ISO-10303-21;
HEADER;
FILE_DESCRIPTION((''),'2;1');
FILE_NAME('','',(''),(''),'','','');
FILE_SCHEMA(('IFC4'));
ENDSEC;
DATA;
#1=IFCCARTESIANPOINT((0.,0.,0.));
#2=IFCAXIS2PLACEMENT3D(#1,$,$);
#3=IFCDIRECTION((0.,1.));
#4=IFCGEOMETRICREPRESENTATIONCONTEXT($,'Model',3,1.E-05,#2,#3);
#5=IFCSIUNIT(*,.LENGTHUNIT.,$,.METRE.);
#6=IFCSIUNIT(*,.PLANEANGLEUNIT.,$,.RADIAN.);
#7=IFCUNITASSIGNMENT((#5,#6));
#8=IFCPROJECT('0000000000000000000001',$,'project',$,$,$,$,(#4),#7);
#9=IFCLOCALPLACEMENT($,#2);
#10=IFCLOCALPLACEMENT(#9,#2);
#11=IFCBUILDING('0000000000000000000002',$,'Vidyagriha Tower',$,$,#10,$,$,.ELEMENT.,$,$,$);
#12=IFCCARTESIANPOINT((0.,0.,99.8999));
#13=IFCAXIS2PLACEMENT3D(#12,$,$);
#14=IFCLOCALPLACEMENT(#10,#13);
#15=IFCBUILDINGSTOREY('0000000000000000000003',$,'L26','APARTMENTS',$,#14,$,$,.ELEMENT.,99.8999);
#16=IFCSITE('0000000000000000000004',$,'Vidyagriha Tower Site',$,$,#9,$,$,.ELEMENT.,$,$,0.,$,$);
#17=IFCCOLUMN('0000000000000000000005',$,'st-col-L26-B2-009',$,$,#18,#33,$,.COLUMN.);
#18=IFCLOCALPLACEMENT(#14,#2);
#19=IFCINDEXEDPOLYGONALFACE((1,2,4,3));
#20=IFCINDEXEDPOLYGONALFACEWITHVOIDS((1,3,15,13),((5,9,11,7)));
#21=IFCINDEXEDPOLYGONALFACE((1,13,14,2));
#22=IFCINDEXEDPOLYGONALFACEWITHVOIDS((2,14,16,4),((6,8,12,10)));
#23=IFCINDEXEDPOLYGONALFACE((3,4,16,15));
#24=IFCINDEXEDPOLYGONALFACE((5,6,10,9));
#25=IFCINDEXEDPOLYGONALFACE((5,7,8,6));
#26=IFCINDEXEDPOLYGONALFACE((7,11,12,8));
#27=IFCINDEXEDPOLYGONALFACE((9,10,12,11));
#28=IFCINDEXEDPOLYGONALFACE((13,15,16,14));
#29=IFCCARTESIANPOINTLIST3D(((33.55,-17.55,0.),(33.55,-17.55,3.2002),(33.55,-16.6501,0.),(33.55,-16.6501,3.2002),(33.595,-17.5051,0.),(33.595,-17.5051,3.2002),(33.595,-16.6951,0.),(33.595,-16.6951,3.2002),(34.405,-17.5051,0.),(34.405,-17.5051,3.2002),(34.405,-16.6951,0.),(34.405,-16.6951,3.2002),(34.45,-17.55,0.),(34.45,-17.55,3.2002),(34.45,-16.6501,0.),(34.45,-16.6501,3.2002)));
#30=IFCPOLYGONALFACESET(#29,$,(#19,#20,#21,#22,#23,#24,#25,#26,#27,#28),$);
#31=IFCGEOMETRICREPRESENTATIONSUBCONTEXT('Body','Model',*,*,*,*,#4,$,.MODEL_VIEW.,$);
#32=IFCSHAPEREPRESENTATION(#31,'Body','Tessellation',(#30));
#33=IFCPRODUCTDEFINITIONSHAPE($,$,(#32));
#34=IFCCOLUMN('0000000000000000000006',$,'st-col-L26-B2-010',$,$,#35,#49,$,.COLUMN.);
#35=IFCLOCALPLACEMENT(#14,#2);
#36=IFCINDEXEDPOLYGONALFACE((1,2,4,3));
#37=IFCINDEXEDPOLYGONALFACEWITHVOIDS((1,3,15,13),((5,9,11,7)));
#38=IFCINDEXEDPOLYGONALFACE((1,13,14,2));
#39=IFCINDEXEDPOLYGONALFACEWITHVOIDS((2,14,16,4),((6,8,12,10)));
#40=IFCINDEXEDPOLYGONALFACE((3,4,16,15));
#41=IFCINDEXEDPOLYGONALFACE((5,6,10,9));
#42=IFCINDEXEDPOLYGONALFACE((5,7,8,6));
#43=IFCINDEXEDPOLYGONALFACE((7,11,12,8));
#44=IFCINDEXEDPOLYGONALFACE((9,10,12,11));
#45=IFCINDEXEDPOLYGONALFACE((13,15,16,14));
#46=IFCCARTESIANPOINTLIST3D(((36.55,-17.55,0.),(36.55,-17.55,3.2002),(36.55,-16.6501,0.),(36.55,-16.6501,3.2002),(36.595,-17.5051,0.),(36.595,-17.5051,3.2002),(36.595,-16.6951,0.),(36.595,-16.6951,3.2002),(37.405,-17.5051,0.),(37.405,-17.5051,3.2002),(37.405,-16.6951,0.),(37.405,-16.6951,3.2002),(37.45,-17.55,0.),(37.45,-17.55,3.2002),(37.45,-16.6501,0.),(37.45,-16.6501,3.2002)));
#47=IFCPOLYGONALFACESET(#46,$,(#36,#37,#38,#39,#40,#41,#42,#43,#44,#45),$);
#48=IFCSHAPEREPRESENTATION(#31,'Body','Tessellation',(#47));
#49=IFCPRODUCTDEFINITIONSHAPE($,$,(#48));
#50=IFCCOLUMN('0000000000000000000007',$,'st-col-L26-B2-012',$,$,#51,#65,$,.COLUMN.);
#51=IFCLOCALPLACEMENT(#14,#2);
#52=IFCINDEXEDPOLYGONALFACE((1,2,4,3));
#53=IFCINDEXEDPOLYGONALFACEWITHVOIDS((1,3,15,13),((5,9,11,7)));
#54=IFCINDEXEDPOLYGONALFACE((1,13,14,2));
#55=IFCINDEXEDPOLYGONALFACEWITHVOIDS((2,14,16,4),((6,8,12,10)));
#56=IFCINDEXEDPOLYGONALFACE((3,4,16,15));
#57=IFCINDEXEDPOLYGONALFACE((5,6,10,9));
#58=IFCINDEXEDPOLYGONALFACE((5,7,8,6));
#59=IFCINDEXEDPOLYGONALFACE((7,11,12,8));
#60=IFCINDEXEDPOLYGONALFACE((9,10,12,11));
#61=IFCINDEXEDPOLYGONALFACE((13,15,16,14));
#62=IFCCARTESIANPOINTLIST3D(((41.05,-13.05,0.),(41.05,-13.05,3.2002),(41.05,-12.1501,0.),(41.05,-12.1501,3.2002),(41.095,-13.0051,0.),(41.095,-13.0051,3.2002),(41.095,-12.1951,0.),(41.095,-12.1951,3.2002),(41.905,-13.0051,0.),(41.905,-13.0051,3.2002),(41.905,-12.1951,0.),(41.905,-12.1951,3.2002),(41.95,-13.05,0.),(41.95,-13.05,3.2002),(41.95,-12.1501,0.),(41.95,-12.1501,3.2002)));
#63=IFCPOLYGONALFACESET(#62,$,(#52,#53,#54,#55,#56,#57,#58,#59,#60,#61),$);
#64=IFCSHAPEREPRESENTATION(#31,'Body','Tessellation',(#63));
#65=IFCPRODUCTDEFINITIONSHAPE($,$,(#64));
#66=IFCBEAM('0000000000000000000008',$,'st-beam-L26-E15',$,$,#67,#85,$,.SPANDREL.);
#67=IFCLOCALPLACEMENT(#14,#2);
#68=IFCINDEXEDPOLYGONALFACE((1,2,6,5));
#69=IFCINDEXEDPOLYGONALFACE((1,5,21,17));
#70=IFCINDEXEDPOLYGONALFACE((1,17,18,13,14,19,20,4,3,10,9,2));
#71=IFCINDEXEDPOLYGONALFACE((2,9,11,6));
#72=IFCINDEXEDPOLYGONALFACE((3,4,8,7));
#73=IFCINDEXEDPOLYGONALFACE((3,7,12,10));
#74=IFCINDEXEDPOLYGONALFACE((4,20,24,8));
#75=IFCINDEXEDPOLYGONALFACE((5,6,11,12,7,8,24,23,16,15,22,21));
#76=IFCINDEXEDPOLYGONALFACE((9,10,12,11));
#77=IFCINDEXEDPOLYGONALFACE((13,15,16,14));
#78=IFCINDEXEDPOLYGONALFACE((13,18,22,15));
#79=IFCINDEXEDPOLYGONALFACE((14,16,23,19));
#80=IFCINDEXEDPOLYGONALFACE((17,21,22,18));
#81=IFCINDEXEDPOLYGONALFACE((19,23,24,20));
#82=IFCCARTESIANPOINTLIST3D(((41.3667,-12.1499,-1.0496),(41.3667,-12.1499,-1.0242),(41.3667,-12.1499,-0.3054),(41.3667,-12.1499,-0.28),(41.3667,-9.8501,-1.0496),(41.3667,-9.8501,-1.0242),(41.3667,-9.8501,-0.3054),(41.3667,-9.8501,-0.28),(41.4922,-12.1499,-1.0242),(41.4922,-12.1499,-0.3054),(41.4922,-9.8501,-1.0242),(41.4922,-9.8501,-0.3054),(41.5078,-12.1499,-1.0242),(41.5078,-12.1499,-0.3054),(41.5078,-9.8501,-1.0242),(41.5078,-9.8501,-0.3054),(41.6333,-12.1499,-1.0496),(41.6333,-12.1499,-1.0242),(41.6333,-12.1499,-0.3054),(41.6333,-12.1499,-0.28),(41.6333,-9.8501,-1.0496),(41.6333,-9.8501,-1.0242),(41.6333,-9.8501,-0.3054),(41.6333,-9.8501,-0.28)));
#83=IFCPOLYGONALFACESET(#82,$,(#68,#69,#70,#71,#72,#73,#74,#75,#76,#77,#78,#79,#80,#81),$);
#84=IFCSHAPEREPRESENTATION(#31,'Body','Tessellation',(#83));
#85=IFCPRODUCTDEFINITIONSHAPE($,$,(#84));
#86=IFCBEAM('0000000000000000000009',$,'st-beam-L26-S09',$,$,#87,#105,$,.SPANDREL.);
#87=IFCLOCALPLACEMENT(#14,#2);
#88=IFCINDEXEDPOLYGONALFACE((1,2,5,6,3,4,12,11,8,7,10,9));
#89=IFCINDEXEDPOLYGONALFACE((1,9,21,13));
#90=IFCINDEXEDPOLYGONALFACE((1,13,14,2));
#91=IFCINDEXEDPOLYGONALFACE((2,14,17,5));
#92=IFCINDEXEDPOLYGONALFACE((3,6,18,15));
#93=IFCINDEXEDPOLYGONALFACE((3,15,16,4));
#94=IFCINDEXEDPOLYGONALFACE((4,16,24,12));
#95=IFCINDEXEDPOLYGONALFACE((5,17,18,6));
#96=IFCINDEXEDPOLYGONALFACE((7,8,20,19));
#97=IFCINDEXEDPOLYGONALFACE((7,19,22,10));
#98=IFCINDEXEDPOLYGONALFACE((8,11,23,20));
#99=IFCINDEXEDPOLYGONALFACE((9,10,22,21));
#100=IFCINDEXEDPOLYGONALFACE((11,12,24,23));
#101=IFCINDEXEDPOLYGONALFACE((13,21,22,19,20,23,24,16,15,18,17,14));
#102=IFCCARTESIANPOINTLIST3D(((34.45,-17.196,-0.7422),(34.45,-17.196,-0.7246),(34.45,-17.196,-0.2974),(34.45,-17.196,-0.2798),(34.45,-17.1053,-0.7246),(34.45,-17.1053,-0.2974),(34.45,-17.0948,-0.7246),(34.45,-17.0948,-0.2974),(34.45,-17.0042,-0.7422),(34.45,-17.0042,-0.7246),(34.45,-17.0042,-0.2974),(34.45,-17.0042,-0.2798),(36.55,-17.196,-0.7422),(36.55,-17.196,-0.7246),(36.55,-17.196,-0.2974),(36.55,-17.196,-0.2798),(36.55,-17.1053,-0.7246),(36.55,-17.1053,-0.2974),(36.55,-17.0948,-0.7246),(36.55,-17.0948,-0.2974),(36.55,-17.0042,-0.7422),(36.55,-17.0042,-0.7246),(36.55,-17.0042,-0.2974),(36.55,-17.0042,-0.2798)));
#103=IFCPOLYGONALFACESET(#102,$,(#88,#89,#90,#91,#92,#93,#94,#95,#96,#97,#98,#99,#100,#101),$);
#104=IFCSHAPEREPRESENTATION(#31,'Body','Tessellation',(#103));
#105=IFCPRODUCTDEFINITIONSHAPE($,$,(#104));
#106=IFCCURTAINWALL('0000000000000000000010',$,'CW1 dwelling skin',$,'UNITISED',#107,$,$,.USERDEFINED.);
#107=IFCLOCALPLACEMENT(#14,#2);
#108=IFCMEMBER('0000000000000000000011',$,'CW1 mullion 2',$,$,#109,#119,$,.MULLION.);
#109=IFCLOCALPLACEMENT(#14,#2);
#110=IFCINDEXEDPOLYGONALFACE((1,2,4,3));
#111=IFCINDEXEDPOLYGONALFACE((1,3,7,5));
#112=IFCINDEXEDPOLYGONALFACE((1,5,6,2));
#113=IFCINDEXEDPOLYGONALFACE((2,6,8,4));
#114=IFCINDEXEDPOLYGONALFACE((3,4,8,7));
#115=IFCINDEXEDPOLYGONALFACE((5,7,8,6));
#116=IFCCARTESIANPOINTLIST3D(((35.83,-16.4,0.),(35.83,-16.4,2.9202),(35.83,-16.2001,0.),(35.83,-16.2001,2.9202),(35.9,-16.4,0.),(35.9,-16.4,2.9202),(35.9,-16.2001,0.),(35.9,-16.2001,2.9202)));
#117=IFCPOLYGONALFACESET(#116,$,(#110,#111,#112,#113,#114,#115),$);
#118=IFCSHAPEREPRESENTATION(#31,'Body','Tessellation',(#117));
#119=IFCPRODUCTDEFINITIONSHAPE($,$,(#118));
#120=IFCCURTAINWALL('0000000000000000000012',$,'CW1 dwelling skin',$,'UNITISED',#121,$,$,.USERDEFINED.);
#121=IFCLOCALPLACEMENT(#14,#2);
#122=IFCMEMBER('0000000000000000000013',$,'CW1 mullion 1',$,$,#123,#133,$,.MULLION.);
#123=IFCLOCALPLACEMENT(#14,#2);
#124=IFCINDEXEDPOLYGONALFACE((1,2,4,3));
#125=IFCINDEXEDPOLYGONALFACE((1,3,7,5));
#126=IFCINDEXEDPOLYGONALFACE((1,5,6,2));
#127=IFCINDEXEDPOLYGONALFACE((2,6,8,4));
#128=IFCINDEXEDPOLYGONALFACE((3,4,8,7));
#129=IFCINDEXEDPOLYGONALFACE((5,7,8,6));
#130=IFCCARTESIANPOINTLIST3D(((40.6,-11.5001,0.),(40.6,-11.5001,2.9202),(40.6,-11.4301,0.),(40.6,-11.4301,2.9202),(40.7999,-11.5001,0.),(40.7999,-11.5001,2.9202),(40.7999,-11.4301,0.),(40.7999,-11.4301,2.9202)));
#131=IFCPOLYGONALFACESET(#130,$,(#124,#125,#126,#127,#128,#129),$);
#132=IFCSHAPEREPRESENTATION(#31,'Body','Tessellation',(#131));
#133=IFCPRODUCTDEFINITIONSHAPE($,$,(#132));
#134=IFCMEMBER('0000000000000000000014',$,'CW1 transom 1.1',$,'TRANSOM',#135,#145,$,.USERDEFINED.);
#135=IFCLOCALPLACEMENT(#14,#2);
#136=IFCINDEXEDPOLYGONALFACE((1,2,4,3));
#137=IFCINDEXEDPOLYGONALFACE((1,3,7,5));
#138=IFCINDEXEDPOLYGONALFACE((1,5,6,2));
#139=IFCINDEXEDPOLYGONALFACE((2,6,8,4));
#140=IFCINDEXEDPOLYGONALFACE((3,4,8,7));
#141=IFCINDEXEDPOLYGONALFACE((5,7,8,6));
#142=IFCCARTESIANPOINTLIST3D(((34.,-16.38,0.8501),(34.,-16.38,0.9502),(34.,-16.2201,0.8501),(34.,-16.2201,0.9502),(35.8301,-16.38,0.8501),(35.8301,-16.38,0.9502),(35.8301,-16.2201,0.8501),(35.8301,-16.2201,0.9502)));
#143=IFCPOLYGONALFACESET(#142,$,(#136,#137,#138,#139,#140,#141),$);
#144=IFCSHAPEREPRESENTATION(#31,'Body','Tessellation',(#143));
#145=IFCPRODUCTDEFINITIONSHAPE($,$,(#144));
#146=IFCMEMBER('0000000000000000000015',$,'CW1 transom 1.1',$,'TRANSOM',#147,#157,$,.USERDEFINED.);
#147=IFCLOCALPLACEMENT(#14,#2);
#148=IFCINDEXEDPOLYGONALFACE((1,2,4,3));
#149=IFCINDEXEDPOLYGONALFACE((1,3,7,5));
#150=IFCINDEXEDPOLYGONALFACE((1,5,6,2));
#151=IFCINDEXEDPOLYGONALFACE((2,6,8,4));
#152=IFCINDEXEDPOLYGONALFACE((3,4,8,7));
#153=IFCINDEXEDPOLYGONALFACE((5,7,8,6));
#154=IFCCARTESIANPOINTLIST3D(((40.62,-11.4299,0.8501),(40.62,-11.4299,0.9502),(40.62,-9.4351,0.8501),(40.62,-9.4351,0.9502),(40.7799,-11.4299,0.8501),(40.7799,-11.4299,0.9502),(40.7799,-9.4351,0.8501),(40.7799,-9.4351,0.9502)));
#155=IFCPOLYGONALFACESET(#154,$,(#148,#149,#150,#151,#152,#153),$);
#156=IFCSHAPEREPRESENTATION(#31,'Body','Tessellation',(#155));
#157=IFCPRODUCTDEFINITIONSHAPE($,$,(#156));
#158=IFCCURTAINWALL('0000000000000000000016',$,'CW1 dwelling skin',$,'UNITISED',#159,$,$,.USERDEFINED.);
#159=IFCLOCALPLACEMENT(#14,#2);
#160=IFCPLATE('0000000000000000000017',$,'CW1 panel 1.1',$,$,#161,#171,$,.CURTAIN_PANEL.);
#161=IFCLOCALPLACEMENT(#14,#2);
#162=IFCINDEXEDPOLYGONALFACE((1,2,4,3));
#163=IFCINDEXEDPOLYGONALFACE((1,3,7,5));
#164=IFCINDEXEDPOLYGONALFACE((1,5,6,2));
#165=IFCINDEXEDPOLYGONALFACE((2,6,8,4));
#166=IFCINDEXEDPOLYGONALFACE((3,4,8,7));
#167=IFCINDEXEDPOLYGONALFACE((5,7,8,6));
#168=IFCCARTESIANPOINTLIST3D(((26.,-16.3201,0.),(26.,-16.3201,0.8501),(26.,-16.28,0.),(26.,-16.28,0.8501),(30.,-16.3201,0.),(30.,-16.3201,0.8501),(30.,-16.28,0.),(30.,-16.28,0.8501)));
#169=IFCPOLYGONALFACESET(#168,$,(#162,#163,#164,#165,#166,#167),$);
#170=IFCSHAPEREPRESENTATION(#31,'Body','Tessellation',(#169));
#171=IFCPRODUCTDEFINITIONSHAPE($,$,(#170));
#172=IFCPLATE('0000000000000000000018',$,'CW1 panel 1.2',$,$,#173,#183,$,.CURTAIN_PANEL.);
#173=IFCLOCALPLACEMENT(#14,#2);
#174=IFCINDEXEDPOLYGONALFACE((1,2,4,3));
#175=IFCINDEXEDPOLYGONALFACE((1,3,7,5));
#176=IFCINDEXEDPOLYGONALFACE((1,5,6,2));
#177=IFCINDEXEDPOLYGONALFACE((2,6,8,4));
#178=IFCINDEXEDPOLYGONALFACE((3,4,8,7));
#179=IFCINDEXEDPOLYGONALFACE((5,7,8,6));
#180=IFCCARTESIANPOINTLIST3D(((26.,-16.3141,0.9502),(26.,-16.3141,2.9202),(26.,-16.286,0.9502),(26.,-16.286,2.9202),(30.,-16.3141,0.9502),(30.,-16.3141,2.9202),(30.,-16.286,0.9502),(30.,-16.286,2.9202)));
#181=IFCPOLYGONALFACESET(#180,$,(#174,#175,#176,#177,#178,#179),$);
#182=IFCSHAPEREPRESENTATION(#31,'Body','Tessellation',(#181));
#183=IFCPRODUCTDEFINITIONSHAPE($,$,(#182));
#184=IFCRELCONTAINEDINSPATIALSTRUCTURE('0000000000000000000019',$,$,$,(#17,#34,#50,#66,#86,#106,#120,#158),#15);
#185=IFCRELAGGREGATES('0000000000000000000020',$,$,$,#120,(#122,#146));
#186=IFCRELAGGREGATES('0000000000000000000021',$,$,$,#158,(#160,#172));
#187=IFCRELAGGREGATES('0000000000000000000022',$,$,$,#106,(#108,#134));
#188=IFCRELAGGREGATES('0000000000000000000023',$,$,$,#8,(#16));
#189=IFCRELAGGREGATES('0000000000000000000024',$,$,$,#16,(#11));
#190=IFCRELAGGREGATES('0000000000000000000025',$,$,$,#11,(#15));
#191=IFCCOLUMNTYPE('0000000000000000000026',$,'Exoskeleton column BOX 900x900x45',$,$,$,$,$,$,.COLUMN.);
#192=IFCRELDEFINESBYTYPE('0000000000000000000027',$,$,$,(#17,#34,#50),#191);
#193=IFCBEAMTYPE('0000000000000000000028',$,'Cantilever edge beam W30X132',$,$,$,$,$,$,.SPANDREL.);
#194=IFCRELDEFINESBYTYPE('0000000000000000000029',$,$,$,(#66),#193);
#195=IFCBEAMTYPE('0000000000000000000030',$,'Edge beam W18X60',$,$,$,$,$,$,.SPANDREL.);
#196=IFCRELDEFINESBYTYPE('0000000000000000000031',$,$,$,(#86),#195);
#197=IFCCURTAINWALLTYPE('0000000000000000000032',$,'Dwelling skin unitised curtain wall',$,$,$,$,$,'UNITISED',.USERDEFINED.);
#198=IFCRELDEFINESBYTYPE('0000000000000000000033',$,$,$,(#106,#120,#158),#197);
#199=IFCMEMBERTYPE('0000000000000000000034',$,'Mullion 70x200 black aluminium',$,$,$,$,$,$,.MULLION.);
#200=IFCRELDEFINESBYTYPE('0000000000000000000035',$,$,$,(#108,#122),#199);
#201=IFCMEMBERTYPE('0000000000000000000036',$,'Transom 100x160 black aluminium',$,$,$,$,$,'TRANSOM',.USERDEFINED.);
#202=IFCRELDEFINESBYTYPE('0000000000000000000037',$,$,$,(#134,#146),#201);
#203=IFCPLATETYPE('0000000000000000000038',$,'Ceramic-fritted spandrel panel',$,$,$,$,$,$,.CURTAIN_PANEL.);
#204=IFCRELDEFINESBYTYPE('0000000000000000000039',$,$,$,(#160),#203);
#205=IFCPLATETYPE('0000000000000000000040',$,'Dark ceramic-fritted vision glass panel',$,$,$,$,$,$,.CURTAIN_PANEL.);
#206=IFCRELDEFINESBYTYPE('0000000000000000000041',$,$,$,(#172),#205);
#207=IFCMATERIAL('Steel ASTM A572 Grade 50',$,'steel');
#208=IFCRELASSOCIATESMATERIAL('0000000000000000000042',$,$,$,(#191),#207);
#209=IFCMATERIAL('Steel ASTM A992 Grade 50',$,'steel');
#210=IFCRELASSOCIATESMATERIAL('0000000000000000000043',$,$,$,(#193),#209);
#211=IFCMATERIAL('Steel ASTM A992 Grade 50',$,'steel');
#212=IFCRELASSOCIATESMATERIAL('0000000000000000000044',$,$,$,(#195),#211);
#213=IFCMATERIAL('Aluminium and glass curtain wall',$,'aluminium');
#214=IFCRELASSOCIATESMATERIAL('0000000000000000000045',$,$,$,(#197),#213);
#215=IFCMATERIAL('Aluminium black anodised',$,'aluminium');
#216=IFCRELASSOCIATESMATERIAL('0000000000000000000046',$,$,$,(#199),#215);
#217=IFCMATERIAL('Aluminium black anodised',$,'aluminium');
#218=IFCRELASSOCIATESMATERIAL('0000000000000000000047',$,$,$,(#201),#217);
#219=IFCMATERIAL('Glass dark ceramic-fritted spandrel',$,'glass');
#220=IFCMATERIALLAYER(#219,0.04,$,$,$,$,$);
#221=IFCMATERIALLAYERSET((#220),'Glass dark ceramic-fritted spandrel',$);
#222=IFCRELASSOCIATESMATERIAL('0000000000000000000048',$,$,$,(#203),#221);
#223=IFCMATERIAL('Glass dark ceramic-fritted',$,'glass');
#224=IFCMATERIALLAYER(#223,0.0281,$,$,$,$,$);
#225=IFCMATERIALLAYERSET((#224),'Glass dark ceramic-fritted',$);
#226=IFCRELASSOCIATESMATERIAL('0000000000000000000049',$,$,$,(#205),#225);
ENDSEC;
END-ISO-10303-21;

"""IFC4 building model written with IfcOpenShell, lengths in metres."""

from ifc_helpers import new_model, si_unit, direction, frame, origin, origin_2d, place, context, subcontext, project, spatial, rectangle, hollow_rectangle, i_section, extrude, material, layer, layer_set, material_profile, profile_set, type_object, element, aggregate, save


model = new_model("IFC4")

# Units and contexts
model_context = context("Model", 3, precision=1e-05, world=origin(), true_north=direction((0.0, 1.0)))
body_context = subcontext(model_context, "Body", "Model", "MODEL_VIEW")
ifc_project = project(units=[si_unit("LENGTHUNIT", "METRE"), si_unit("PLANEANGLEUNIT", "RADIAN")], contexts=[model_context])

# Site, building, storey
site_placement = place(None, origin())
site = spatial("IfcSite", under=ifc_project, at=site_placement, Name="Vidyagriha Tower Site", CompositionType="ELEMENT", RefElevation=0.0)
building_placement = place(site_placement, origin())
building = spatial("IfcBuilding", under=site, at=building_placement, Name="Vidyagriha Tower", CompositionType="ELEMENT")
storey_placement = place(building_placement, frame((0.0, 0.0, 99.8999)))
storey = spatial("IfcBuildingStorey", under=building, at=storey_placement, Name="L26", Description="APARTMENTS", CompositionType="ELEMENT", Elevation=99.8999)

# Columns
ifc_material_1 = material(Name="Steel ASTM A572 Grade 50", Category="steel")
ifc_material_profile_1 = material_profile(ifc_material_1, hollow_rectangle(XDim=0.8999, YDim=0.8999, WallThickness=0.0449, at=origin_2d()), Name="BOX 900x900x45")
ifc_profile_set_1 = profile_set([ifc_material_profile_1], Name="Steel ASTM A572 Grade 50")
column_type = type_object("IfcColumnType", Name="Exoskeleton column BOX 900x900x45", PredefinedType="COLUMN", material=ifc_profile_set_1)
for number, where, name in (
    (1, (34.0, -17.1001, 0.0), "st-col-L26-B2-009"),
    (2, (37.0, -17.1001, 0.0), "st-col-L26-B2-010"),
    (3, (41.5, -12.6001, 0.0), "st-col-L26-B2-012"),
):
    element("IfcColumn", number, at=place(storey_placement, frame(where)), inside=storey, type_object=column_type, Name=name, PredefinedType="COLUMN", context=body_context, shape_type="SweptSolid", body=[
        extrude(hollow_rectangle(XDim=0.8999, YDim=0.8999, WallThickness=0.0449, at=origin_2d()), origin(), (0.0, 0.0, 1.0), 3.2002),
    ])

# Beams
ifc_material_2 = material(Name="Steel ASTM A992 Grade 50", Category="steel")
ifc_material_profile_2 = material_profile(ifc_material_2, i_section(OverallWidth=0.2666, OverallDepth=0.7695, WebThickness=0.0156, FlangeThickness=0.0254, at=origin_2d()), Name="W30X132")
ifc_profile_set_2 = profile_set([ifc_material_profile_2], Name="Steel ASTM A992 Grade 50")
beam_type_1 = type_object("IfcBeamType", Name="Cantilever edge beam W30X132", PredefinedType="SPANDREL", material=ifc_profile_set_2)
beam_1_placement = place(storey_placement, frame((41.5, -12.1499, -0.6648), z_axis=(0.0, 1.0, 0.0), x_axis=(-1.0, 0.0, 0.0)))
element("IfcBeam", 4, at=beam_1_placement, inside=storey, type_object=beam_type_1, Name="st-beam-L26-E15", PredefinedType="SPANDREL", context=body_context, shape_type="SweptSolid", body=[
    extrude(i_section(OverallWidth=0.2666, OverallDepth=0.7695, WebThickness=0.0156, FlangeThickness=0.0254, at=origin_2d()), origin(), (0.0, 0.0, 1.0), 2.2998),
])
ifc_material_3 = material(Name="Steel ASTM A992 Grade 50", Category="steel")
ifc_material_profile_3 = material_profile(ifc_material_3, i_section(OverallWidth=0.1919, OverallDepth=0.4624, WebThickness=0.0105, FlangeThickness=0.0176, at=origin_2d()), Name="W18X60")
ifc_profile_set_3 = profile_set([ifc_material_profile_3], Name="Steel ASTM A992 Grade 50")
beam_type_2 = type_object("IfcBeamType", Name="Edge beam W18X60", PredefinedType="SPANDREL", material=ifc_profile_set_3)
beam_2_placement = place(storey_placement, frame((34.45, -17.1001, -0.511), z_axis=(1.0, 0.0, 0.0), x_axis=(0.0, 1.0, 0.0)))
element("IfcBeam", 5, at=beam_2_placement, inside=storey, type_object=beam_type_2, Name="st-beam-L26-S09", PredefinedType="SPANDREL", context=body_context, shape_type="SweptSolid", body=[
    extrude(i_section(OverallWidth=0.1919, OverallDepth=0.4624, WebThickness=0.0105, FlangeThickness=0.0176, at=origin_2d()), origin(), (0.0, 0.0, 1.0), 2.1001),
])

# Curtain walls, members
ifc_material_4 = material(Name="Aluminium and glass curtain wall", Category="aluminium")
curtain_wall_type = type_object("IfcCurtainWallType", Name="Dwelling skin unitised curtain wall", ElementType="UNITISED", PredefinedType="USERDEFINED", material=ifc_material_4)
curtain_wall_1_placement = place(storey_placement, origin())
curtain_wall_1 = element("IfcCurtainWall", 6, at=curtain_wall_1_placement, inside=storey, type_object=curtain_wall_type, Name="CW1 dwelling skin", ObjectType="UNITISED", PredefinedType="USERDEFINED")
ifc_material_5 = material(Name="Aluminium black anodised", Category="aluminium")
ifc_material_profile_4 = material_profile(ifc_material_5, rectangle(XDim=0.2, YDim=0.0701, at=origin_2d()), Name="Mullion 70x200 black aluminium")
ifc_profile_set_4 = profile_set([ifc_material_profile_4], Name="Aluminium black anodised")
member_type_1 = type_object("IfcMemberType", Name="Mullion 70x200 black aluminium", PredefinedType="MULLION", material=ifc_profile_set_4)
member_1_placement = place(storey_placement, frame((35.865, -16.3, 0.0), z_axis=(0.0, 0.0, 1.0), x_axis=(0.0, 1.0, 0.0)))
member_1 = element("IfcMember", 7, at=member_1_placement, type_object=member_type_1, Name="CW1 mullion 2", PredefinedType="MULLION", context=body_context, shape_type="SweptSolid", body=[
    extrude(rectangle(XDim=0.2, YDim=0.0701, at=origin_2d()), origin(), (0.0, 0.0, 1.0), 2.9202),
])
curtain_wall_2_placement = place(storey_placement, origin())
curtain_wall_2 = element("IfcCurtainWall", 8, at=curtain_wall_2_placement, inside=storey, type_object=curtain_wall_type, Name="CW1 dwelling skin", ObjectType="UNITISED", PredefinedType="USERDEFINED")
member_2_placement = place(storey_placement, frame((40.7, -11.4651, 0.0), z_axis=(0.0, 0.0, 1.0), x_axis=(-1.0, 0.0, 0.0)))
member_2 = element("IfcMember", 9, at=member_2_placement, type_object=member_type_1, Name="CW1 mullion 1", PredefinedType="MULLION", context=body_context, shape_type="SweptSolid", body=[
    extrude(rectangle(XDim=0.2, YDim=0.0701, at=origin_2d()), origin(), (0.0, 0.0, 1.0), 2.9202),
])

# Members
ifc_material_6 = material(Name="Aluminium black anodised", Category="aluminium")
ifc_material_profile_5 = material_profile(ifc_material_6, rectangle(XDim=0.1599, YDim=0.1001, at=origin_2d()), Name="Transom 100x160 black aluminium")
ifc_profile_set_5 = profile_set([ifc_material_profile_5], Name="Aluminium black anodised")
member_type_2 = type_object("IfcMemberType", Name="Transom 100x160 black aluminium", ElementType="TRANSOM", PredefinedType="USERDEFINED", material=ifc_profile_set_5)
member_3_placement = place(storey_placement, frame((34.0, -16.3, 0.9001), z_axis=(1.0, 0.0, 0.0), x_axis=(0.0, 1.0, 0.0)))
member_3 = element("IfcMember", 10, at=member_3_placement, type_object=member_type_2, Name="CW1 transom 1.1", ObjectType="TRANSOM", PredefinedType="USERDEFINED", context=body_context, shape_type="SweptSolid", body=[
    extrude(rectangle(XDim=0.1599, YDim=0.1001, at=origin_2d()), origin(), (0.0, 0.0, 1.0), 1.8301),
])
member_4_placement = place(storey_placement, frame((40.7, -11.4299, 0.9001), z_axis=(0.0, 1.0, 0.0), x_axis=(-1.0, 0.0, 0.0)))
member_4 = element("IfcMember", 11, at=member_4_placement, type_object=member_type_2, Name="CW1 transom 1.1", ObjectType="TRANSOM", PredefinedType="USERDEFINED", context=body_context, shape_type="SweptSolid", body=[
    extrude(rectangle(XDim=0.1599, YDim=0.1001, at=origin_2d()), origin(), (0.0, 0.0, 1.0), 1.9949),
])
aggregate(curtain_wall_2, [member_2, member_4])

# Curtain wall, plates
curtain_wall_3_placement = place(storey_placement, origin())
curtain_wall_3 = element("IfcCurtainWall", 12, at=curtain_wall_3_placement, inside=storey, type_object=curtain_wall_type, Name="CW1 dwelling skin", ObjectType="UNITISED", PredefinedType="USERDEFINED")
ifc_material_7 = material(Name="Glass dark ceramic-fritted spandrel", Category="glass")
ifc_layer_1 = layer(ifc_material_7, 0.04)
ifc_layer_set_1 = layer_set([ifc_layer_1], Name="Glass dark ceramic-fritted spandrel")
plate_type_1 = type_object("IfcPlateType", Name="Ceramic-fritted spandrel panel", PredefinedType="CURTAIN_PANEL", material=ifc_layer_set_1)
plate_1_placement = place(storey_placement, frame((28.0, -16.3, 0.0)))
plate_1 = element("IfcPlate", 13, at=plate_1_placement, type_object=plate_type_1, Name="CW1 panel 1.1", PredefinedType="CURTAIN_PANEL", context=body_context, shape_type="SweptSolid", body=[
    extrude(rectangle(XDim=4.0, YDim=0.04, at=origin_2d()), origin(), (0.0, 0.0, 1.0), 0.8501),
])
ifc_material_8 = material(Name="Glass dark ceramic-fritted", Category="glass")
ifc_layer_2 = layer(ifc_material_8, 0.0281)
ifc_layer_set_2 = layer_set([ifc_layer_2], Name="Glass dark ceramic-fritted")
plate_type_2 = type_object("IfcPlateType", Name="Dark ceramic-fritted vision glass panel", PredefinedType="CURTAIN_PANEL", material=ifc_layer_set_2)
plate_2_placement = place(storey_placement, frame((28.0, -16.3, 0.9502)))
plate_2 = element("IfcPlate", 14, at=plate_2_placement, type_object=plate_type_2, Name="CW1 panel 1.2", PredefinedType="CURTAIN_PANEL", context=body_context, shape_type="SweptSolid", body=[
    extrude(rectangle(XDim=4.0, YDim=0.0281, at=origin_2d()), origin(), (0.0, 0.0, 1.0), 1.97),
])
aggregate(curtain_wall_3, [plate_1, plate_2])

aggregate(curtain_wall_1, [member_1, member_3])

save(model, "model.ifc")
